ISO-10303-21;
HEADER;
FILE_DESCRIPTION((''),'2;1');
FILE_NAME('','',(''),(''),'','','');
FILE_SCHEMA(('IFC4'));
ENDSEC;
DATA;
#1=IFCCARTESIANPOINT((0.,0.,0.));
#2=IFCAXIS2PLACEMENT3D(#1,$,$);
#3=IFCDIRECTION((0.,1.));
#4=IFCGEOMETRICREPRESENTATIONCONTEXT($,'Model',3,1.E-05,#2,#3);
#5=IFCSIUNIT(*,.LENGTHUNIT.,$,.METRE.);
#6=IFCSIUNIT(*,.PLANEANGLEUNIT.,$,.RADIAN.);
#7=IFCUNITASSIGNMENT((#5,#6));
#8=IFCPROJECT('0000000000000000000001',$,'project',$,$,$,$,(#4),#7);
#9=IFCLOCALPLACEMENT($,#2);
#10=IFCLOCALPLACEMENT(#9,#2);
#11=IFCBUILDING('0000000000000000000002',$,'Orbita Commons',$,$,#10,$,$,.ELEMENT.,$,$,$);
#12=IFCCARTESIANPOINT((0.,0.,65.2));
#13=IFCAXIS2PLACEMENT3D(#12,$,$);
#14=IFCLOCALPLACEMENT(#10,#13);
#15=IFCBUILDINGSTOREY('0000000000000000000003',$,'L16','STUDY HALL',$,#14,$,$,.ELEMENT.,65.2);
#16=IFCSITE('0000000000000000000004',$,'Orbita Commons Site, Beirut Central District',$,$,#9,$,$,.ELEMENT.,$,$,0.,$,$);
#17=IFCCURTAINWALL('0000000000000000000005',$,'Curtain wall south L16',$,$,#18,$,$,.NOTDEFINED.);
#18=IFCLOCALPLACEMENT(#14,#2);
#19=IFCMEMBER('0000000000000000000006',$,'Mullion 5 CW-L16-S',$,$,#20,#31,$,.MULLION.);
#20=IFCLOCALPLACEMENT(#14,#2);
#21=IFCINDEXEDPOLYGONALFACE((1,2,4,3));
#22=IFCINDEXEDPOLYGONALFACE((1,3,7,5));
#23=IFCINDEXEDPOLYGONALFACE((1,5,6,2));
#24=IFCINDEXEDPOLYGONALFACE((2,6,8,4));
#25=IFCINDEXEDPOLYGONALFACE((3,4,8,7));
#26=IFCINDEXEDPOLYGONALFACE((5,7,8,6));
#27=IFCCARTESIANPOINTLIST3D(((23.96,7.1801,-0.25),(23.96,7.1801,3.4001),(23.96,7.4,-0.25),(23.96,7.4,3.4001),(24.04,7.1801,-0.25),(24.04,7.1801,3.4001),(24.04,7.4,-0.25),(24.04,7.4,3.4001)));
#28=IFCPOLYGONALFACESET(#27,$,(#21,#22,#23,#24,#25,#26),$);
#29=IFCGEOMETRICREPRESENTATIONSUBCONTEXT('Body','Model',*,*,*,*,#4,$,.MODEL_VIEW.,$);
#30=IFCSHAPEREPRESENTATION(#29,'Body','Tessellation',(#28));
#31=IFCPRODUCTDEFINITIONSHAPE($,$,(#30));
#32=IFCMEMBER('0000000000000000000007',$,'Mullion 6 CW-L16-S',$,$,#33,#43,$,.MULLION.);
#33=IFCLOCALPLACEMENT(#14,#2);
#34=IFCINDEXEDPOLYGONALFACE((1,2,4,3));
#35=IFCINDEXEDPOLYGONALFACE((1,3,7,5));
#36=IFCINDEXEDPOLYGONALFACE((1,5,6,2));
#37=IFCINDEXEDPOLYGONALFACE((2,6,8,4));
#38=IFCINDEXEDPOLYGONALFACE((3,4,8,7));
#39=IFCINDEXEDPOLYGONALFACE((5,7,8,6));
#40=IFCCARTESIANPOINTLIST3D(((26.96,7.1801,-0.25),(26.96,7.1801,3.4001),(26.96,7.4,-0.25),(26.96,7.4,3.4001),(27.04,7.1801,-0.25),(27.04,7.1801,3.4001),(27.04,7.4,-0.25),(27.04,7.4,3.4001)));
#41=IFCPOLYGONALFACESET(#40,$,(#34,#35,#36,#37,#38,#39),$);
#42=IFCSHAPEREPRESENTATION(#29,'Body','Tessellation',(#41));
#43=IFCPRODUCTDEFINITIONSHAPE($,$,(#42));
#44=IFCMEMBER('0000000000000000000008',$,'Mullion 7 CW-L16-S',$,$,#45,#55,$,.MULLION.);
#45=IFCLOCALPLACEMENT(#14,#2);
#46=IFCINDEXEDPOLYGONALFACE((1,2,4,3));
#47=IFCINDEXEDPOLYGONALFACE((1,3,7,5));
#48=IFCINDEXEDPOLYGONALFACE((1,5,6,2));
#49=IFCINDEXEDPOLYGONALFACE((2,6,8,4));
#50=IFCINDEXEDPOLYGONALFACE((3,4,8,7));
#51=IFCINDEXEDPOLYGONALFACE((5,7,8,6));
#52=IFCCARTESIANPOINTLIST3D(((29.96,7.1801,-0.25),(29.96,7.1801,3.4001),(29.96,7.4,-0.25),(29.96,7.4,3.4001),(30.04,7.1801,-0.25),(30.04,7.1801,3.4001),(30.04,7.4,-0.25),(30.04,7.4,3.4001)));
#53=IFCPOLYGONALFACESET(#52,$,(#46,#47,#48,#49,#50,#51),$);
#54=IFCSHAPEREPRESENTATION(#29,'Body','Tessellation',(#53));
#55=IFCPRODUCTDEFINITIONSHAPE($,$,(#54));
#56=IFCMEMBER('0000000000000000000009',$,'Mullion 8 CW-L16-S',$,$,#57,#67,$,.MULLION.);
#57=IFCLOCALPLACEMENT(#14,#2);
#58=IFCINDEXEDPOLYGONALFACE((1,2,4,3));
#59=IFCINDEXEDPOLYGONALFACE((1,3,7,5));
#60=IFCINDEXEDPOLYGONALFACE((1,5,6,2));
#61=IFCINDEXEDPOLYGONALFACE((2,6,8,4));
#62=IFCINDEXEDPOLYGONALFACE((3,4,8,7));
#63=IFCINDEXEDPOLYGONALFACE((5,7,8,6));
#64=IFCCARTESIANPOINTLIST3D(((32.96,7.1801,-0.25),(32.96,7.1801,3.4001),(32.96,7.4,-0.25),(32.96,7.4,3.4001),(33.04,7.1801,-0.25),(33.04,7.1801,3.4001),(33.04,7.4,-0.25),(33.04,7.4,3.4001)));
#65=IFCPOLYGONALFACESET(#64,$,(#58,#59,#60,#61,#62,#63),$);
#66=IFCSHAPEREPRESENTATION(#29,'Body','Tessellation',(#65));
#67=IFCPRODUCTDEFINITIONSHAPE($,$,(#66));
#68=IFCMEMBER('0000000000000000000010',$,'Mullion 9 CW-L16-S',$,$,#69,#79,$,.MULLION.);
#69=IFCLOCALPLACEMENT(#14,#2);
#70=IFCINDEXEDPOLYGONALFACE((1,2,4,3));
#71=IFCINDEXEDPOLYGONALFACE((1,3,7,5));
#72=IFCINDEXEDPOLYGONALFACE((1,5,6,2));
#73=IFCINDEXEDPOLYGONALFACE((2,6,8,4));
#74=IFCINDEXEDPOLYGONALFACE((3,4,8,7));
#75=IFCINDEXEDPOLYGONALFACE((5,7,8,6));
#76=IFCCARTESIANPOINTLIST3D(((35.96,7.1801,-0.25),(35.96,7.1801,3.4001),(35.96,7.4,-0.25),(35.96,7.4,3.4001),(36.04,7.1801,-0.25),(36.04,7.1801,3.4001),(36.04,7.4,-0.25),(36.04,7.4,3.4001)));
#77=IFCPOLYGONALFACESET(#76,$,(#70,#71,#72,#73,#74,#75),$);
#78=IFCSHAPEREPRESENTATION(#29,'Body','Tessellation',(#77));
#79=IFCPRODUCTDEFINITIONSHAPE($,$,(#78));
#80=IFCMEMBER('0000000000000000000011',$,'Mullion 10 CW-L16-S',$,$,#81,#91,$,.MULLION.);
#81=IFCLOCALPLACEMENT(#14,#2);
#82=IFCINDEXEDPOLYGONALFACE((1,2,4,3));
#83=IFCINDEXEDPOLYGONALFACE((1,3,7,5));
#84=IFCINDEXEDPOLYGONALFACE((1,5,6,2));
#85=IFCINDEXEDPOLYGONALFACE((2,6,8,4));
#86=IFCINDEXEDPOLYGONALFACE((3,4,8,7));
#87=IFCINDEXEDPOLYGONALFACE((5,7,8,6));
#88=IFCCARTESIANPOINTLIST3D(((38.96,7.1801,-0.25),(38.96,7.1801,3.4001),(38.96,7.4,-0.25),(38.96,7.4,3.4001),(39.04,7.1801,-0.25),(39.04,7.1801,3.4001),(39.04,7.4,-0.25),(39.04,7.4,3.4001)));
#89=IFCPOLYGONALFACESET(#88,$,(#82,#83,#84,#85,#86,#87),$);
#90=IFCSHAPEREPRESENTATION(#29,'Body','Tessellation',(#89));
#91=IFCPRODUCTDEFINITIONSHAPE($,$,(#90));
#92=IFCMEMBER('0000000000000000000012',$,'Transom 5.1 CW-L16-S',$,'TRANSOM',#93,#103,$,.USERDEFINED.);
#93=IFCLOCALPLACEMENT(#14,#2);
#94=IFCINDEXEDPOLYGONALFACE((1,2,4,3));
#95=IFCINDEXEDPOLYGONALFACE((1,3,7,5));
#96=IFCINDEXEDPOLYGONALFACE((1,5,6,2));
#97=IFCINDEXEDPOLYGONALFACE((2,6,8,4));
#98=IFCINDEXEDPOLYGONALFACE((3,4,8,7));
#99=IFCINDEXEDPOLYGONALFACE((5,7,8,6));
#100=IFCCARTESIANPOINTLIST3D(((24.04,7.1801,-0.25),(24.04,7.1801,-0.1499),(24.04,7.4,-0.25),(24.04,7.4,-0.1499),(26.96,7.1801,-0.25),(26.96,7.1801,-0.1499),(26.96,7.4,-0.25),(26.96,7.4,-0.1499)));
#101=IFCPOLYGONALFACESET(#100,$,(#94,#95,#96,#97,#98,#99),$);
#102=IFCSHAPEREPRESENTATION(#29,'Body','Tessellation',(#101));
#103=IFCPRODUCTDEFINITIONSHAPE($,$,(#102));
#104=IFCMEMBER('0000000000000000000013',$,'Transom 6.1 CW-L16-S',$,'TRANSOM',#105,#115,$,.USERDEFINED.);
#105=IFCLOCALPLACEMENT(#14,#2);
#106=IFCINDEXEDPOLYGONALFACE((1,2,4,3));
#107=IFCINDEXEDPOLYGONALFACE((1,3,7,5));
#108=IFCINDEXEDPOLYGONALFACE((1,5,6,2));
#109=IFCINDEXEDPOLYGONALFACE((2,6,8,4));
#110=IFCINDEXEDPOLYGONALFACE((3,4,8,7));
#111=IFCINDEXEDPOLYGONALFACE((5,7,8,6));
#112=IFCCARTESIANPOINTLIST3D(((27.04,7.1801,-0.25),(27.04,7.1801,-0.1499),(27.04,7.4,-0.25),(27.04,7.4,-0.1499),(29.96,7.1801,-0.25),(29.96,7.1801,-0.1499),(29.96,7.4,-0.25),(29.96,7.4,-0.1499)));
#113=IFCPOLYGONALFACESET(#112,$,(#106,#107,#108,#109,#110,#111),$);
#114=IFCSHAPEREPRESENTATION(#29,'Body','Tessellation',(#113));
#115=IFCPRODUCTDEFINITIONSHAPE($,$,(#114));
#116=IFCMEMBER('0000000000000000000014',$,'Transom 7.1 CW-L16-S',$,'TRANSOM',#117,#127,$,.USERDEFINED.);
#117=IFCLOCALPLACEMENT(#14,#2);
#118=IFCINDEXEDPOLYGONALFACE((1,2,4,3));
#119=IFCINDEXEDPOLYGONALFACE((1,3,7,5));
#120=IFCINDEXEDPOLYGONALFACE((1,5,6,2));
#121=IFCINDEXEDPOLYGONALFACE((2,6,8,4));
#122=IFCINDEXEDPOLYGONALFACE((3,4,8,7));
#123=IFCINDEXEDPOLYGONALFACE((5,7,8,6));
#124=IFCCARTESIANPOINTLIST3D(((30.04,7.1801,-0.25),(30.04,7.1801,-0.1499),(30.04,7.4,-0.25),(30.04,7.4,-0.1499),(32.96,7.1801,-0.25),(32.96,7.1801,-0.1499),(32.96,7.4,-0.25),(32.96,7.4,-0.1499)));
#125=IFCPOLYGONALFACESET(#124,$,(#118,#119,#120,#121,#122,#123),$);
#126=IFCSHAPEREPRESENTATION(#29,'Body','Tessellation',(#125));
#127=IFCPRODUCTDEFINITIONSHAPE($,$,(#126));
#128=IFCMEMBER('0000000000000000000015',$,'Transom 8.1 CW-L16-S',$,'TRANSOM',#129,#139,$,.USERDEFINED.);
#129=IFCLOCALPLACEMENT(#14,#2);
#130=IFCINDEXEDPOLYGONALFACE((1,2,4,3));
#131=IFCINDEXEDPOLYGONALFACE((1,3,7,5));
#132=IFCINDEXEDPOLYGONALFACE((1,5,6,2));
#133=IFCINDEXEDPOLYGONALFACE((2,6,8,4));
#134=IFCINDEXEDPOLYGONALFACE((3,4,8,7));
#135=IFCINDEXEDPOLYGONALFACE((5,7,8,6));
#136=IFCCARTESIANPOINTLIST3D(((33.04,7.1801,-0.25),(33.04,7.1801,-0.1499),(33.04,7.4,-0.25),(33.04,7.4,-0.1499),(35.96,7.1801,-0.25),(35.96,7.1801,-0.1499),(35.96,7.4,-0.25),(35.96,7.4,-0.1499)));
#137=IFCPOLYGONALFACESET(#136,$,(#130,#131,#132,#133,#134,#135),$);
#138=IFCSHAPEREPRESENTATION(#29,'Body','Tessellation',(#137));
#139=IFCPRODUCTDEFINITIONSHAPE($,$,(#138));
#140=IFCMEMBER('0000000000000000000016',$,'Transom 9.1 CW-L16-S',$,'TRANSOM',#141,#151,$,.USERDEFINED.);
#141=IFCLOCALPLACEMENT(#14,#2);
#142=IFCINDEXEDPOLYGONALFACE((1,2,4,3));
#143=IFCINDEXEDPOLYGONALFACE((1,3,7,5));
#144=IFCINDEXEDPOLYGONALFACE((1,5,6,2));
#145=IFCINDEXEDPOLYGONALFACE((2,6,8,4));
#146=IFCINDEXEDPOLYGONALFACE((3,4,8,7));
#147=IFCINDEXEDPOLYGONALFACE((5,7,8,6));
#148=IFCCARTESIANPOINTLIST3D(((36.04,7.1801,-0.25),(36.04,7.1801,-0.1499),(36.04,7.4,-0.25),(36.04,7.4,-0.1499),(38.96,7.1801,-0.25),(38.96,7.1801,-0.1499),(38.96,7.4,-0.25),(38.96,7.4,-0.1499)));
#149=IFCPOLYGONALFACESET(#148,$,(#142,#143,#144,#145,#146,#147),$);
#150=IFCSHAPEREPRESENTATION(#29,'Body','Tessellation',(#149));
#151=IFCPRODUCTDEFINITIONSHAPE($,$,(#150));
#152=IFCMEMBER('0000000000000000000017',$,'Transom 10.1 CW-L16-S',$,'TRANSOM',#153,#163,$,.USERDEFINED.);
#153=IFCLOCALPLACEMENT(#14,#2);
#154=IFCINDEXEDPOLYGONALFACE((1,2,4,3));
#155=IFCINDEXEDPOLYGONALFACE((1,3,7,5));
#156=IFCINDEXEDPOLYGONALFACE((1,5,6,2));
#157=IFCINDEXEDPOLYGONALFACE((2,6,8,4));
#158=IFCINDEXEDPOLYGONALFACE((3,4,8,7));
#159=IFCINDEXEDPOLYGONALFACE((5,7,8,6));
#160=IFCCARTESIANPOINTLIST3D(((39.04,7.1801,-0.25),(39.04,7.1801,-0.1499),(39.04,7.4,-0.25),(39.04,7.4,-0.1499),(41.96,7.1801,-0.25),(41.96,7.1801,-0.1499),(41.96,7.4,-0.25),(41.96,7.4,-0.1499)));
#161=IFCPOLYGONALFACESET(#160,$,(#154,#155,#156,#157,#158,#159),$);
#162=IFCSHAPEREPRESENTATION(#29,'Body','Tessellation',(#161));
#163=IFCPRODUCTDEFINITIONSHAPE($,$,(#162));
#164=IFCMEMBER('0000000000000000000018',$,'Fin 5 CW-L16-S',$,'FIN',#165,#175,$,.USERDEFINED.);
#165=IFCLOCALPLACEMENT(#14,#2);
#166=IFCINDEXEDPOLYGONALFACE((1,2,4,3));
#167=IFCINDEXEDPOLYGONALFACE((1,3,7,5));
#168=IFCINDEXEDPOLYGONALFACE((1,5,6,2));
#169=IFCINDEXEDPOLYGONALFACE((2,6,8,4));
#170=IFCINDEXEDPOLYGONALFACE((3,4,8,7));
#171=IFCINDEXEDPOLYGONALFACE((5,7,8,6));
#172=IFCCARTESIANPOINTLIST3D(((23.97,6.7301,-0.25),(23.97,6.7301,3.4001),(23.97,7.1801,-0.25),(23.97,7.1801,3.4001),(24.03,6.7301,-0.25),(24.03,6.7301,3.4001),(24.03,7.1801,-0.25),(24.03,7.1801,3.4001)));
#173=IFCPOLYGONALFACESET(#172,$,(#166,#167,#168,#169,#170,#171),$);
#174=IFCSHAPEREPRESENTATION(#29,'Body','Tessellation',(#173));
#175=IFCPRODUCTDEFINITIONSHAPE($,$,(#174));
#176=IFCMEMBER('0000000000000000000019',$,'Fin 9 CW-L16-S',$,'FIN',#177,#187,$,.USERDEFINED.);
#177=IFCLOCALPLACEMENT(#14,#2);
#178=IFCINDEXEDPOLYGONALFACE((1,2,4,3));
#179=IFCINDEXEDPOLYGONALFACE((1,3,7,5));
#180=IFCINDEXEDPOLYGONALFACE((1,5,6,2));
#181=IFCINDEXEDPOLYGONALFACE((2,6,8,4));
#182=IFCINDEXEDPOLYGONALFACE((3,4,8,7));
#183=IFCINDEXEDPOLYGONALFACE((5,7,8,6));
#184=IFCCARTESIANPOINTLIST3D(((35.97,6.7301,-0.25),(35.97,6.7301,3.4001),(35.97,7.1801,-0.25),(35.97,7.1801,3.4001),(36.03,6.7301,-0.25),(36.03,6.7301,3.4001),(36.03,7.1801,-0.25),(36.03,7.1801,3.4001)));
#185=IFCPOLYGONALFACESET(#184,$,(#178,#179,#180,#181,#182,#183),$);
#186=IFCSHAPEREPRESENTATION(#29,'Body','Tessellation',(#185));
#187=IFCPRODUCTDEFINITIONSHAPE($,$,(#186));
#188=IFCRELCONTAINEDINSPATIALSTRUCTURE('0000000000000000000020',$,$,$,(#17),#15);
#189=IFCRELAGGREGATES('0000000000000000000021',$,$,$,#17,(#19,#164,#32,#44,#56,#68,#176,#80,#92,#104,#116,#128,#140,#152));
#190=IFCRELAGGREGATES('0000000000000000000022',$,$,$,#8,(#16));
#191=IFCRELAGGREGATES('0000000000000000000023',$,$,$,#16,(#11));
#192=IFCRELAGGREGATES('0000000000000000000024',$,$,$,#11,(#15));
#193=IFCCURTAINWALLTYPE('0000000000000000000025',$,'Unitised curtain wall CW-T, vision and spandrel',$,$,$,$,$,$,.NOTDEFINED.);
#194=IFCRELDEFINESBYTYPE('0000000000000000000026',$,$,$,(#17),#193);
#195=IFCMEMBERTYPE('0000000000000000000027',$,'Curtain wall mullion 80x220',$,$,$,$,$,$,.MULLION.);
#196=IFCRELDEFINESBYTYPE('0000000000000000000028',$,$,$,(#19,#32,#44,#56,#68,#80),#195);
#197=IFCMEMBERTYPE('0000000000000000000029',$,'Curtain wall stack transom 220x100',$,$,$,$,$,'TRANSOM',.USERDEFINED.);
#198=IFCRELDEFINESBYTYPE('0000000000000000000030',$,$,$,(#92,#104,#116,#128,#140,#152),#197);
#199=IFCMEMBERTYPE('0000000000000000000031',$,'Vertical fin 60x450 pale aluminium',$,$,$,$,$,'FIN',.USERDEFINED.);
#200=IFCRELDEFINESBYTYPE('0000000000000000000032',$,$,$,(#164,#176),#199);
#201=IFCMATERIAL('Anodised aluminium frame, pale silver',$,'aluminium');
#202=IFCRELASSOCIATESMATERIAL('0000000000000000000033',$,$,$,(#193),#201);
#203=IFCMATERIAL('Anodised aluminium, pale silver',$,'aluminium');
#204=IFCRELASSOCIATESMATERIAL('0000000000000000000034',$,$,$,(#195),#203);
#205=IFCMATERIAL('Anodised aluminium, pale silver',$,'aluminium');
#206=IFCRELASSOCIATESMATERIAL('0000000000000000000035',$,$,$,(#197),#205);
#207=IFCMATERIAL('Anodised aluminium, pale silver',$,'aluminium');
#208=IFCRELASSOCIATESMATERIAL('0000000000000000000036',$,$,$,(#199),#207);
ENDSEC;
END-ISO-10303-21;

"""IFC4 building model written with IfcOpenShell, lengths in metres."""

from ifc_helpers import new_model, si_unit, direction, frame, origin, origin_2d, place, context, subcontext, project, spatial, rectangle, extrude, material, material_profile, profile_set, type_object, element, aggregate, save


model = new_model("IFC4")

# Units and contexts
model_context = context("Model", 3, precision=1e-05, world=origin(), true_north=direction((0.0, 1.0)))
body_context = subcontext(model_context, "Body", "Model", "MODEL_VIEW")
ifc_project = project(units=[si_unit("LENGTHUNIT", "METRE"), si_unit("PLANEANGLEUNIT", "RADIAN")], contexts=[model_context])

# Site, building, storey
site_placement = place(None, origin())
site = spatial("IfcSite", under=ifc_project, at=site_placement, Name="Orbita Commons Site, Beirut Central District", CompositionType="ELEMENT", RefElevation=0.0)
building_placement = place(site_placement, origin())
building = spatial("IfcBuilding", under=site, at=building_placement, Name="Orbita Commons", CompositionType="ELEMENT")
storey_placement = place(building_placement, frame((0.0, 0.0, 65.2)))
storey = spatial("IfcBuildingStorey", under=building, at=storey_placement, Name="L16", Description="STUDY HALL", CompositionType="ELEMENT", Elevation=65.2)

# Curtain wall, members
ifc_material_1 = material(Name="Anodised aluminium frame, pale silver", Category="aluminium")
curtain_wall_type = type_object("IfcCurtainWallType", Name="Unitised curtain wall CW-T, vision and spandrel", PredefinedType="NOTDEFINED", material=ifc_material_1)
curtain_wall_placement = place(storey_placement, origin())
curtain_wall = element("IfcCurtainWall", 1, at=curtain_wall_placement, inside=storey, type_object=curtain_wall_type, Name="Curtain wall south L16", PredefinedType="NOTDEFINED")
ifc_material_2 = material(Name="Anodised aluminium, pale silver", Category="aluminium")
ifc_material_profile_1 = material_profile(ifc_material_2, rectangle(XDim=0.0801, YDim=0.22, at=origin_2d()), Name="AL 80x220")
ifc_profile_set_1 = profile_set([ifc_material_profile_1], Name="Anodised aluminium, pale silver")
member_type_1 = type_object("IfcMemberType", Name="Curtain wall mullion 80x220", PredefinedType="MULLION", material=ifc_profile_set_1)
member_1_placement = place(storey_placement, frame((24.0, 7.29, -0.25), z_axis=(0.0, 0.0, 1.0), x_axis=(1.0, 0.0, 0.0)))
member_1 = element("IfcMember", 2, at=member_1_placement, type_object=member_type_1, Name="Mullion 5 CW-L16-S", PredefinedType="MULLION", context=body_context, shape_type="SweptSolid", body=[
    extrude(rectangle(XDim=0.0801, YDim=0.22, at=origin_2d()), origin(), (0.0, 0.0, 1.0), 3.6501),
])
member_2_placement = place(storey_placement, frame((27.0, 7.29, -0.25), z_axis=(0.0, 0.0, 1.0), x_axis=(1.0, 0.0, 0.0)))
member_2 = element("IfcMember", 3, at=member_2_placement, type_object=member_type_1, Name="Mullion 6 CW-L16-S", PredefinedType="MULLION", context=body_context, shape_type="SweptSolid", body=[
    extrude(rectangle(XDim=0.0801, YDim=0.22, at=origin_2d()), origin(), (0.0, 0.0, 1.0), 3.6501),
])
member_3_placement = place(storey_placement, frame((30.0, 7.29, -0.25), z_axis=(0.0, 0.0, 1.0), x_axis=(1.0, 0.0, 0.0)))
member_3 = element("IfcMember", 4, at=member_3_placement, type_object=member_type_1, Name="Mullion 7 CW-L16-S", PredefinedType="MULLION", context=body_context, shape_type="SweptSolid", body=[
    extrude(rectangle(XDim=0.0801, YDim=0.22, at=origin_2d()), origin(), (0.0, 0.0, 1.0), 3.6501),
])
member_4_placement = place(storey_placement, frame((33.0, 7.29, -0.25), z_axis=(0.0, 0.0, 1.0), x_axis=(1.0, 0.0, 0.0)))
member_4 = element("IfcMember", 5, at=member_4_placement, type_object=member_type_1, Name="Mullion 8 CW-L16-S", PredefinedType="MULLION", context=body_context, shape_type="SweptSolid", body=[
    extrude(rectangle(XDim=0.0801, YDim=0.22, at=origin_2d()), origin(), (0.0, 0.0, 1.0), 3.6501),
])
member_5_placement = place(storey_placement, frame((36.0, 7.29, -0.25), z_axis=(0.0, 0.0, 1.0), x_axis=(1.0, 0.0, 0.0)))
member_5 = element("IfcMember", 6, at=member_5_placement, type_object=member_type_1, Name="Mullion 9 CW-L16-S", PredefinedType="MULLION", context=body_context, shape_type="SweptSolid", body=[
    extrude(rectangle(XDim=0.0801, YDim=0.22, at=origin_2d()), origin(), (0.0, 0.0, 1.0), 3.6501),
])
member_6_placement = place(storey_placement, frame((39.0, 7.29, -0.25), z_axis=(0.0, 0.0, 1.0), x_axis=(1.0, 0.0, 0.0)))
member_6 = element("IfcMember", 7, at=member_6_placement, type_object=member_type_1, Name="Mullion 10 CW-L16-S", PredefinedType="MULLION", context=body_context, shape_type="SweptSolid", body=[
    extrude(rectangle(XDim=0.0801, YDim=0.22, at=origin_2d()), origin(), (0.0, 0.0, 1.0), 3.6501),
])
ifc_material_3 = material(Name="Anodised aluminium, pale silver", Category="aluminium")
ifc_material_profile_2 = material_profile(ifc_material_3, rectangle(XDim=0.22, YDim=0.1001, at=origin_2d()), Name="AL 220x100")
ifc_profile_set_2 = profile_set([ifc_material_profile_2], Name="Anodised aluminium, pale silver")
member_type_2 = type_object("IfcMemberType", Name="Curtain wall stack transom 220x100", ElementType="TRANSOM", PredefinedType="USERDEFINED", material=ifc_profile_set_2)
member_7_placement = place(storey_placement, frame((24.04, 7.29, -0.2), z_axis=(1.0, 0.0, 0.0), x_axis=(0.0, 1.0, 0.0)))
member_7 = element("IfcMember", 8, at=member_7_placement, type_object=member_type_2, Name="Transom 5.1 CW-L16-S", ObjectType="TRANSOM", PredefinedType="USERDEFINED", context=body_context, shape_type="SweptSolid", body=[
    extrude(rectangle(XDim=0.22, YDim=0.1001, at=origin_2d()), origin(), (0.0, 0.0, 1.0), 2.9199),
])
member_8_placement = place(storey_placement, frame((27.04, 7.29, -0.2), z_axis=(1.0, 0.0, 0.0), x_axis=(0.0, 1.0, 0.0)))
member_8 = element("IfcMember", 9, at=member_8_placement, type_object=member_type_2, Name="Transom 6.1 CW-L16-S", ObjectType="TRANSOM", PredefinedType="USERDEFINED", context=body_context, shape_type="SweptSolid", body=[
    extrude(rectangle(XDim=0.22, YDim=0.1001, at=origin_2d()), origin(), (0.0, 0.0, 1.0), 2.9199),
])
member_9_placement = place(storey_placement, frame((30.04, 7.29, -0.2), z_axis=(1.0, 0.0, 0.0), x_axis=(0.0, 1.0, 0.0)))
member_9 = element("IfcMember", 10, at=member_9_placement, type_object=member_type_2, Name="Transom 7.1 CW-L16-S", ObjectType="TRANSOM", PredefinedType="USERDEFINED", context=body_context, shape_type="SweptSolid", body=[
    extrude(rectangle(XDim=0.22, YDim=0.1001, at=origin_2d()), origin(), (0.0, 0.0, 1.0), 2.9199),
])
member_10_placement = place(storey_placement, frame((33.04, 7.29, -0.2), z_axis=(1.0, 0.0, 0.0), x_axis=(0.0, 1.0, 0.0)))
member_10 = element("IfcMember", 11, at=member_10_placement, type_object=member_type_2, Name="Transom 8.1 CW-L16-S", ObjectType="TRANSOM", PredefinedType="USERDEFINED", context=body_context, shape_type="SweptSolid", body=[
    extrude(rectangle(XDim=0.22, YDim=0.1001, at=origin_2d()), origin(), (0.0, 0.0, 1.0), 2.9199),
])
member_11_placement = place(storey_placement, frame((36.04, 7.29, -0.2), z_axis=(1.0, 0.0, 0.0), x_axis=(0.0, 1.0, 0.0)))
member_11 = element("IfcMember", 12, at=member_11_placement, type_object=member_type_2, Name="Transom 9.1 CW-L16-S", ObjectType="TRANSOM", PredefinedType="USERDEFINED", context=body_context, shape_type="SweptSolid", body=[
    extrude(rectangle(XDim=0.22, YDim=0.1001, at=origin_2d()), origin(), (0.0, 0.0, 1.0), 2.9199),
])
member_12_placement = place(storey_placement, frame((39.04, 7.29, -0.2), z_axis=(1.0, 0.0, 0.0), x_axis=(0.0, 1.0, 0.0)))
member_12 = element("IfcMember", 13, at=member_12_placement, type_object=member_type_2, Name="Transom 10.1 CW-L16-S", ObjectType="TRANSOM", PredefinedType="USERDEFINED", context=body_context, shape_type="SweptSolid", body=[
    extrude(rectangle(XDim=0.22, YDim=0.1001, at=origin_2d()), origin(), (0.0, 0.0, 1.0), 2.9199),
])
ifc_material_4 = material(Name="Anodised aluminium, pale silver", Category="aluminium")
ifc_material_profile_3 = material_profile(ifc_material_4, rectangle(XDim=0.0601, YDim=0.45, at=origin_2d()), Name="FIN 60x450")
ifc_profile_set_3 = profile_set([ifc_material_profile_3], Name="Anodised aluminium, pale silver")
member_type_3 = type_object("IfcMemberType", Name="Vertical fin 60x450 pale aluminium", ElementType="FIN", PredefinedType="USERDEFINED", material=ifc_profile_set_3)
member_13_placement = place(storey_placement, frame((24.0, 6.9551, -0.25), z_axis=(0.0, 0.0, 1.0), x_axis=(1.0, 0.0, 0.0)))
member_13 = element("IfcMember", 14, at=member_13_placement, type_object=member_type_3, Name="Fin 5 CW-L16-S", ObjectType="FIN", PredefinedType="USERDEFINED", context=body_context, shape_type="SweptSolid", body=[
    extrude(rectangle(XDim=0.0601, YDim=0.45, at=origin_2d()), origin(), (0.0, 0.0, 1.0), 3.6501),
])
member_14_placement = place(storey_placement, frame((36.0, 6.9551, -0.25), z_axis=(0.0, 0.0, 1.0), x_axis=(1.0, 0.0, 0.0)))
member_14 = element("IfcMember", 15, at=member_14_placement, type_object=member_type_3, Name="Fin 9 CW-L16-S", ObjectType="FIN", PredefinedType="USERDEFINED", context=body_context, shape_type="SweptSolid", body=[
    extrude(rectangle(XDim=0.0601, YDim=0.45, at=origin_2d()), origin(), (0.0, 0.0, 1.0), 3.6501),
])
aggregate(curtain_wall, [member_1, member_13, member_2, member_3, member_4, member_5, member_14, member_6, member_7, member_8, member_9, member_10, member_11, member_12])

save(model, "model.ifc")
